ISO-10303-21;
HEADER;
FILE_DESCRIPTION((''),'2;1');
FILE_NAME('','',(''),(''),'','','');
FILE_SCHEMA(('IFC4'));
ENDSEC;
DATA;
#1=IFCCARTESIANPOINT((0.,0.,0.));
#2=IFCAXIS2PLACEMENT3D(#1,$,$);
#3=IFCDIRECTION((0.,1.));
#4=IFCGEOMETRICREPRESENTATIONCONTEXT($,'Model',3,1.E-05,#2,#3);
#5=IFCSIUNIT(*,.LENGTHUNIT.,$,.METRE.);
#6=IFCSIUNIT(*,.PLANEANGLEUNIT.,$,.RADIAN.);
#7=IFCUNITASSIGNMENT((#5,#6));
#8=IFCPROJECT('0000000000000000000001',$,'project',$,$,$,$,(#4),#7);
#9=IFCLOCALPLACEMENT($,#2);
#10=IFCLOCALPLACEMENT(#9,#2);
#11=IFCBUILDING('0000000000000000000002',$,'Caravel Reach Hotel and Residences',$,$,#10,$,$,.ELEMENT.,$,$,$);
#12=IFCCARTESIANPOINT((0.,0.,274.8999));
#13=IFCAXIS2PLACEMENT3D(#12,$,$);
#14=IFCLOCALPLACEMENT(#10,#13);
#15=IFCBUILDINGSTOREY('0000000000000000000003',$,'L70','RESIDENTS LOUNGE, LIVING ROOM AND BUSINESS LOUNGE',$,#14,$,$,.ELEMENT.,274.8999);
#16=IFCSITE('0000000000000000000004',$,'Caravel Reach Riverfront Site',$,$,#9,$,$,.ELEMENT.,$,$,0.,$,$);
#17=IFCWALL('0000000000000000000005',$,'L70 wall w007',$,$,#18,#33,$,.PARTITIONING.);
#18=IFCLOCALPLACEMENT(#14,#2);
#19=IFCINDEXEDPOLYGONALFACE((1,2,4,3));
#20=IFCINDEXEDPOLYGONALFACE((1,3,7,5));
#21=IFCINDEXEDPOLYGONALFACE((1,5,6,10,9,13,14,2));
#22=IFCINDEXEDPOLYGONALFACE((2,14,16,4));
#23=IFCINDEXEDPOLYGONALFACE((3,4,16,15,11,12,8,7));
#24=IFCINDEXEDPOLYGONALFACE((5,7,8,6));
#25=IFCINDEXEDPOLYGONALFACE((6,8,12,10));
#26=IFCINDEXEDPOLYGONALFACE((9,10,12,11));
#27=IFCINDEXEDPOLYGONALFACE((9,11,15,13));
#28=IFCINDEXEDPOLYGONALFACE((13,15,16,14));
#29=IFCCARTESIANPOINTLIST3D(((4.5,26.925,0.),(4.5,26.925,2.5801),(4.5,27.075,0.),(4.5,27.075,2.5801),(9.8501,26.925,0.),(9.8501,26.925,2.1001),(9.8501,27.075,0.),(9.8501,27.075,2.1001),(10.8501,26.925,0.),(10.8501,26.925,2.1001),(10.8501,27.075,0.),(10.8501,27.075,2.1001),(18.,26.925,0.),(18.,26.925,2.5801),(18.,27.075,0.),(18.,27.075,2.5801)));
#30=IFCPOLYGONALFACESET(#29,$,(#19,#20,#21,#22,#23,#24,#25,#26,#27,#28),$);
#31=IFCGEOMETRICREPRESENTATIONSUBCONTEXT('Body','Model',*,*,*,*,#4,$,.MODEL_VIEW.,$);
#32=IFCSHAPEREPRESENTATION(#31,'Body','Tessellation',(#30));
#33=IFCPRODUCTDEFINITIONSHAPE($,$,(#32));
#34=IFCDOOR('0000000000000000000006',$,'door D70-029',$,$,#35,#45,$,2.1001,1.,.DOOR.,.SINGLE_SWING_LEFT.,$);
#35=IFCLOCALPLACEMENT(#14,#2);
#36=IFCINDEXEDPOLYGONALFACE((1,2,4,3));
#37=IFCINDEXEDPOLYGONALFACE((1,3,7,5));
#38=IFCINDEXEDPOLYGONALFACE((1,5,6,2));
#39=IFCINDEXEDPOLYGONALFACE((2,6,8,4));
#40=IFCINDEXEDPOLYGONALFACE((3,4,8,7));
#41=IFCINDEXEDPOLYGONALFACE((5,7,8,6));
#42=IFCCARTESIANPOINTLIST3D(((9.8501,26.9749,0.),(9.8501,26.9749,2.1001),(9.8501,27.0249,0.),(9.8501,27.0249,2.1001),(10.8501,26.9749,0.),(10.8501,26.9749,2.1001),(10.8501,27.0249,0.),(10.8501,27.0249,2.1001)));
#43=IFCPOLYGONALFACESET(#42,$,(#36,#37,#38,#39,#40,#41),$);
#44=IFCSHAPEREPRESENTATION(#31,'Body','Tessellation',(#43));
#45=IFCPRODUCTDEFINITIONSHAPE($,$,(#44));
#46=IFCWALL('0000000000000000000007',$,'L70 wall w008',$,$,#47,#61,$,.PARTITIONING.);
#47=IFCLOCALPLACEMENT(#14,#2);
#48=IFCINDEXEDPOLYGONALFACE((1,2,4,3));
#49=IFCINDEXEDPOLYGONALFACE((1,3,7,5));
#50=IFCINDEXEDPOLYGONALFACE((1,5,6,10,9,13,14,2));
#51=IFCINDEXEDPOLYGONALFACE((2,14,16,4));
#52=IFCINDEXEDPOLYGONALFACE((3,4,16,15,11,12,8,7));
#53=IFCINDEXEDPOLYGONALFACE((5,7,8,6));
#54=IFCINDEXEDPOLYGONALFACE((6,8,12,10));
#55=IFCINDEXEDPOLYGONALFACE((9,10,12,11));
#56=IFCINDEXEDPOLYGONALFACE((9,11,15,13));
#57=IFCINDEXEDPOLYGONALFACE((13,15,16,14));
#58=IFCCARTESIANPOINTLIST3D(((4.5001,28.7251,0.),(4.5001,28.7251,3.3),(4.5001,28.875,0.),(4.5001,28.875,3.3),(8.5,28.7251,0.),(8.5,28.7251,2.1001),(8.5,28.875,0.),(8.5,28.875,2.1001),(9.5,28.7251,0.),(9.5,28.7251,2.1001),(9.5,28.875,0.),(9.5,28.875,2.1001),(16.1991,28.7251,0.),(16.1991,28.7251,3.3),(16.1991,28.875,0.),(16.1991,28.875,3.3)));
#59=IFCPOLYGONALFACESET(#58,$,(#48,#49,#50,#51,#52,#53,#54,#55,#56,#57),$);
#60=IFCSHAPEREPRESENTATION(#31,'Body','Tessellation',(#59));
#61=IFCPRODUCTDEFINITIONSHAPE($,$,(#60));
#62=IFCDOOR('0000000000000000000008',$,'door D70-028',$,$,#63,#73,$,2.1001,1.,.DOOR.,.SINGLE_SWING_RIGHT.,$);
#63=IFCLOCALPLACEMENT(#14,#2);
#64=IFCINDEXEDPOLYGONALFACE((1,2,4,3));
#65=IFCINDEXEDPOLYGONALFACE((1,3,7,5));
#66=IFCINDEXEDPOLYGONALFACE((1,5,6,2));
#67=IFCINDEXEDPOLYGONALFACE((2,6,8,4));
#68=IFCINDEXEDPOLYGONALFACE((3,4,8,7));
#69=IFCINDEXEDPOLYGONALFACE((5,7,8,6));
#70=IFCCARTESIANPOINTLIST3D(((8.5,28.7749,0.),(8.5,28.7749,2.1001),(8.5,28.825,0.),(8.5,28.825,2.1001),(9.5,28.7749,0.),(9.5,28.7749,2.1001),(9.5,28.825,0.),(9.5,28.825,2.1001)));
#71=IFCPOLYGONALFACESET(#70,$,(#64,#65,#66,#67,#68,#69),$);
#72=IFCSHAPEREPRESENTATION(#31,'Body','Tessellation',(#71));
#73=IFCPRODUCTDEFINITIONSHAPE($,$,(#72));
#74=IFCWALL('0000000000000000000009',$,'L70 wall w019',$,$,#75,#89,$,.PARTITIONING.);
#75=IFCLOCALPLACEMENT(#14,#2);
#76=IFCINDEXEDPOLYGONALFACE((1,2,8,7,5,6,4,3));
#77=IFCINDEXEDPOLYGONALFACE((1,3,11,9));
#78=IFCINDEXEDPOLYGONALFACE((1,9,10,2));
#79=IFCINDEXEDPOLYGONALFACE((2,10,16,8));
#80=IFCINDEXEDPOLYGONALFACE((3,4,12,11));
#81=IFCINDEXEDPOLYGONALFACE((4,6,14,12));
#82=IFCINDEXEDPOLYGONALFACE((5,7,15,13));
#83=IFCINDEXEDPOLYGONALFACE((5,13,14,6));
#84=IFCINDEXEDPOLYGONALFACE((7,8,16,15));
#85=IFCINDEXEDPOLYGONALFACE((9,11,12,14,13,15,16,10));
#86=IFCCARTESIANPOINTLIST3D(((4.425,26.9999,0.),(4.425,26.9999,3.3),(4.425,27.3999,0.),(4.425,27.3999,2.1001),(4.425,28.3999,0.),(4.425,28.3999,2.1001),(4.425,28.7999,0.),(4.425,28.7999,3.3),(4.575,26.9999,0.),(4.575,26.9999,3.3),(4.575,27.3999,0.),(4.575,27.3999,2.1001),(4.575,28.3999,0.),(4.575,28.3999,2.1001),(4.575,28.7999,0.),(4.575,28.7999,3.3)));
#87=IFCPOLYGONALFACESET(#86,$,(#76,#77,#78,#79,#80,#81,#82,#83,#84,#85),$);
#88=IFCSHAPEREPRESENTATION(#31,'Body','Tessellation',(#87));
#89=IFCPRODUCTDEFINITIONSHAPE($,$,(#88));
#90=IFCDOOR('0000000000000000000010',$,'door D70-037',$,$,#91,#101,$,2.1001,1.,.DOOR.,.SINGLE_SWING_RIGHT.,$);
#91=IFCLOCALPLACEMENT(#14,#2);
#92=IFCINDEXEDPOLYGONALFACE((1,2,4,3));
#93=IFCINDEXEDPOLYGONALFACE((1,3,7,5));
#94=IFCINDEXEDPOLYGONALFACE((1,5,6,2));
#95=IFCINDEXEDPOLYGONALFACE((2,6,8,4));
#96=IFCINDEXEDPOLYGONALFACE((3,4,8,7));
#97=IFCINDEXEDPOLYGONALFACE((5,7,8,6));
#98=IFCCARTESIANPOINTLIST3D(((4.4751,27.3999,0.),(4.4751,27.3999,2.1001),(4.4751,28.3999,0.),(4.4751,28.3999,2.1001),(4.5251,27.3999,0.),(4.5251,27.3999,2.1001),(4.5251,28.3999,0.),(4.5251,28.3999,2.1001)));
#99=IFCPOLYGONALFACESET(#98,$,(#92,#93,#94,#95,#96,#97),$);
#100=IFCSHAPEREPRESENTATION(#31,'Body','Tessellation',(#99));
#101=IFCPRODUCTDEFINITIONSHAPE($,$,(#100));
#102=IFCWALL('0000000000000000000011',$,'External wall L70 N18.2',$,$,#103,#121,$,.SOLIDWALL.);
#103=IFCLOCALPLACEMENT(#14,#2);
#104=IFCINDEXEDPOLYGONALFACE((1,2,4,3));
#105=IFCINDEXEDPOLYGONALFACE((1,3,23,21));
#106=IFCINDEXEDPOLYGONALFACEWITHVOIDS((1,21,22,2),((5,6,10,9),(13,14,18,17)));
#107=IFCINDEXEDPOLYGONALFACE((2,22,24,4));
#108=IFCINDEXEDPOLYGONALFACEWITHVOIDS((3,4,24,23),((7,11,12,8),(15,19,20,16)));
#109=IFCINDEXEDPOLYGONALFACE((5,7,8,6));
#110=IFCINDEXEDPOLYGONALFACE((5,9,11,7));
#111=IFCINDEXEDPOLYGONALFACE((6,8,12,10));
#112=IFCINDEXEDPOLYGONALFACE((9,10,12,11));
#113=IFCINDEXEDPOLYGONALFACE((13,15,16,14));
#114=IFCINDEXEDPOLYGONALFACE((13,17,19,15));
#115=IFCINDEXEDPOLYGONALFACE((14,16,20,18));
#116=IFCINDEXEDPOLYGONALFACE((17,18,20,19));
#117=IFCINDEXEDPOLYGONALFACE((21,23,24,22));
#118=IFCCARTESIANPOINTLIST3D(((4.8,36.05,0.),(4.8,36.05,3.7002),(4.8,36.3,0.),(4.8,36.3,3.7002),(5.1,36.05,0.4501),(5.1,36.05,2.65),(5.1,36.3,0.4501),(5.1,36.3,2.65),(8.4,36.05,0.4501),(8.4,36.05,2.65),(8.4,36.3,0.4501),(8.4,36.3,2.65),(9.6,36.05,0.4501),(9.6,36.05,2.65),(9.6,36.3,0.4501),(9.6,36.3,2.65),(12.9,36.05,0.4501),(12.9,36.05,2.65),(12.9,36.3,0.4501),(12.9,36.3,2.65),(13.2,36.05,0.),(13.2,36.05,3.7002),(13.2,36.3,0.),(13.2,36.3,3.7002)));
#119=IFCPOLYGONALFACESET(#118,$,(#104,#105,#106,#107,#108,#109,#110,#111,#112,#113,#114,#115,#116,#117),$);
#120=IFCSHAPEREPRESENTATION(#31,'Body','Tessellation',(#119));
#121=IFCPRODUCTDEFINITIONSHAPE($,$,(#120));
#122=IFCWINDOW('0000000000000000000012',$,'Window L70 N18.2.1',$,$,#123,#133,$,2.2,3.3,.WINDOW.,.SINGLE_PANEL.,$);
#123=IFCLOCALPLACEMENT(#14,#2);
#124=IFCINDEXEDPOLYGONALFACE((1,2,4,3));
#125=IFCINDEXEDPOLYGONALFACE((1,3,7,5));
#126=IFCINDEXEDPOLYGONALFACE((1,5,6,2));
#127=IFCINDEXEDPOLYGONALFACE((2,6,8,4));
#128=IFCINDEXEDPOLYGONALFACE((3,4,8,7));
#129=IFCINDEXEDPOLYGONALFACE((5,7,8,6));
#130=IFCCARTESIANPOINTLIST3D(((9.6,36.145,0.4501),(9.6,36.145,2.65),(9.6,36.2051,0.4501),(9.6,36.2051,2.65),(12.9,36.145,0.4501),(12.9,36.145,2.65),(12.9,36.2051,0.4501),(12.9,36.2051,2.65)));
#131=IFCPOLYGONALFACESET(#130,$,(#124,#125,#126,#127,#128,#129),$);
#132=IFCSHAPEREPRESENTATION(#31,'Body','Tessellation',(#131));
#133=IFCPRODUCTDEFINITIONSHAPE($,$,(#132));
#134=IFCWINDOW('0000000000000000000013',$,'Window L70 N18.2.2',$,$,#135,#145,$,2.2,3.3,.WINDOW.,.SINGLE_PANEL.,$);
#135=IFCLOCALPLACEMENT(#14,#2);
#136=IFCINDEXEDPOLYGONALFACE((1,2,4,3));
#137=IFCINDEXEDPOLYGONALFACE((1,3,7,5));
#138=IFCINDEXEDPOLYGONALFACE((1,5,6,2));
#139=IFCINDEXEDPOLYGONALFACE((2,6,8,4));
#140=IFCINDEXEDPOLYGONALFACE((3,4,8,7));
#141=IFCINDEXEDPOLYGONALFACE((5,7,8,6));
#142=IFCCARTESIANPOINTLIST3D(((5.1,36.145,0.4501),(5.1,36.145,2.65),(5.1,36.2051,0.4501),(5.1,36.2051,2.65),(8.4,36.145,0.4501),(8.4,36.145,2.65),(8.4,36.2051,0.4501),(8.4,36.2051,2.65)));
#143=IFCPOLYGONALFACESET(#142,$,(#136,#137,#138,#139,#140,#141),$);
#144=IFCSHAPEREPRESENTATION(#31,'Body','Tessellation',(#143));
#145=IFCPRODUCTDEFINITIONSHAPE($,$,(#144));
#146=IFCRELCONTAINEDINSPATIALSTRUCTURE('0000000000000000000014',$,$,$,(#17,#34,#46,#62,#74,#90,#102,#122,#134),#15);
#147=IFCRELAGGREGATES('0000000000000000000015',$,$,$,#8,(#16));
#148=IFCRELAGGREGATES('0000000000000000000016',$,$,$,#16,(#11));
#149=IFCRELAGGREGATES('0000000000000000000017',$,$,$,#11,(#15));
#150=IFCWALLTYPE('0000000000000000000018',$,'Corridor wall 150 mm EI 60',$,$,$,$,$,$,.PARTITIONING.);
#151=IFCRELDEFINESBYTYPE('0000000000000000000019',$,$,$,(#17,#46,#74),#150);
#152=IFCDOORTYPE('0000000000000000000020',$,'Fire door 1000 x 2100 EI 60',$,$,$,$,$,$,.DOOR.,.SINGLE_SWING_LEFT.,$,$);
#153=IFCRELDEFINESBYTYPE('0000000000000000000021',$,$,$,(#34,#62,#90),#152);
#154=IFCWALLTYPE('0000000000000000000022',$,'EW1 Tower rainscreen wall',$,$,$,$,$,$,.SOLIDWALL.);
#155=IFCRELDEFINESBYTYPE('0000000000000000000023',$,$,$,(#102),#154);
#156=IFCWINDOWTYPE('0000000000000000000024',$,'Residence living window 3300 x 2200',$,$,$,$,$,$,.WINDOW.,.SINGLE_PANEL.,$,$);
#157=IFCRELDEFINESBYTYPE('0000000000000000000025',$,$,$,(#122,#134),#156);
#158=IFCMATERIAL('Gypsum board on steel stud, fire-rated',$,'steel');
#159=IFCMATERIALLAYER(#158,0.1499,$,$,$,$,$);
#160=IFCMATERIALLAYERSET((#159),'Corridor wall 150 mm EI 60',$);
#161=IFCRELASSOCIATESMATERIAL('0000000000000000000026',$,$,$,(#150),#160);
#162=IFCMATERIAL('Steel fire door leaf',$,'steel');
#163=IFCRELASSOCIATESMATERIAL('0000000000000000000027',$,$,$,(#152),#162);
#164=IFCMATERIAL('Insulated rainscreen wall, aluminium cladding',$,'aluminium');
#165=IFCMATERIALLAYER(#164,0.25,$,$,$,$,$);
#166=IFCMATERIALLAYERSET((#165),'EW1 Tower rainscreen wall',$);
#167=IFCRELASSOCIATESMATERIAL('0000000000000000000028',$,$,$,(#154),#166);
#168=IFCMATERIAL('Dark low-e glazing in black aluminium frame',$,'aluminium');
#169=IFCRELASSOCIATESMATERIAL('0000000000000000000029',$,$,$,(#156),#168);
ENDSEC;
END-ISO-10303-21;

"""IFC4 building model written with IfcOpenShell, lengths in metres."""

from ifc_helpers import new_model, si_unit, direction, frame, frame_2d, origin, place, context, subcontext, project, spatial, rectangle, extrude, material, layer, layer_set, type_object, element, fill, save


model = new_model("IFC4")

# Units and contexts
model_context = context("Model", 3, precision=1e-05, world=origin(), true_north=direction((0.0, 1.0)))
body_context = subcontext(model_context, "Body", "Model", "MODEL_VIEW")
ifc_project = project(units=[si_unit("LENGTHUNIT", "METRE"), si_unit("PLANEANGLEUNIT", "RADIAN")], contexts=[model_context])

# Site, building, storey
site_placement = place(None, origin())
site = spatial("IfcSite", under=ifc_project, at=site_placement, Name="Caravel Reach Riverfront Site", CompositionType="ELEMENT", RefElevation=0.0)
building_placement = place(site_placement, origin())
building = spatial("IfcBuilding", under=site, at=building_placement, Name="Caravel Reach Hotel and Residences", CompositionType="ELEMENT")
storey_placement = place(building_placement, frame((0.0, 0.0, 274.8999)))
storey = spatial("IfcBuildingStorey", under=building, at=storey_placement, Name="L70", Description="RESIDENTS LOUNGE, LIVING ROOM AND BUSINESS LOUNGE", CompositionType="ELEMENT", Elevation=274.8999)

# Walls, openings, doors
ifc_material_1 = material(Name="Gypsum board on steel stud, fire-rated", Category="steel")
ifc_layer_1 = layer(ifc_material_1, 0.1499)
ifc_layer_set_1 = layer_set([ifc_layer_1], Name="Corridor wall 150 mm EI 60")
wall_type_1 = type_object("IfcWallType", Name="Corridor wall 150 mm EI 60", PredefinedType="PARTITIONING", material=ifc_layer_set_1)
wall_1_placement = place(storey_placement, frame((4.5, 27.0, 0.0), z_axis=(0.0, 0.0, 1.0), x_axis=(1.0, 0.0, 0.0)))
wall_1 = element("IfcWall", 1, at=wall_1_placement, inside=storey, type_object=wall_type_1, Name="L70 wall w007", PredefinedType="PARTITIONING", context=body_context, shape_type="SweptSolid", body=[
    extrude(rectangle(XDim=13.5, YDim=0.1499, at=frame_2d((6.75, 0.0))), origin(), (0.0, 0.0, 1.0), 2.5801),
])
opening_1_placement = place(wall_1_placement, frame((5.3501, 0.0, 0.0)))
opening_1 = element("IfcOpeningElement", 2, at=opening_1_placement, cuts=wall_1, PredefinedType="OPENING", context=body_context, shape_type="SweptSolid", body=[
    extrude(rectangle(XDim=1.0, YDim=2.1001, at=frame_2d((0.5, 1.05))), frame((0.0, 0.085, 0.0), z_axis=(0.0, -1.0, 0.0), x_axis=(1.0, 0.0, 0.0)), (0.0, 0.0, 1.0), 0.1699),
])
ifc_material_2 = material(Name="Steel fire door leaf", Category="steel")
door_type = type_object("IfcDoorType", Name="Fire door 1000 x 2100 EI 60", OperationType="SINGLE_SWING_LEFT", PredefinedType="DOOR", material=ifc_material_2)
door_1_placement = place(opening_1_placement, origin())
door_1 = element("IfcDoor", 3, at=door_1_placement, inside=storey, type_object=door_type, Name="door D70-029", OperationType="SINGLE_SWING_LEFT", OverallHeight=2.1001, OverallWidth=1.0, PredefinedType="DOOR", context=body_context, shape_type="SweptSolid", body=[
    extrude(rectangle(XDim=1.0, YDim=2.1001, at=frame_2d((0.5, 1.05))), frame((0.0, 0.0249, 0.0), z_axis=(0.0, -1.0, 0.0), x_axis=(1.0, 0.0, 0.0)), (0.0, 0.0, 1.0), 0.05),
])
fill(opening_1, door_1)
wall_2_placement = place(storey_placement, frame((4.5, 28.8, 0.0), z_axis=(0.0, 0.0, 1.0), x_axis=(1.0, 0.0, 0.0)))
wall_2 = element("IfcWall", 4, at=wall_2_placement, inside=storey, type_object=wall_type_1, Name="L70 wall w008", PredefinedType="PARTITIONING", context=body_context, shape_type="SweptSolid", body=[
    extrude(rectangle(XDim=11.699, YDim=0.1499, at=frame_2d((5.8496, 0.0))), origin(), (0.0, 0.0, 1.0), 3.3),
])
opening_2_placement = place(wall_2_placement, frame((4.0, 0.0, 0.0)))
opening_2 = element("IfcOpeningElement", 5, at=opening_2_placement, cuts=wall_2, PredefinedType="OPENING", context=body_context, shape_type="SweptSolid", body=[
    extrude(rectangle(XDim=1.0, YDim=2.1001, at=frame_2d((0.5, 1.05))), frame((0.0, 0.085, 0.0), z_axis=(0.0, -1.0, 0.0), x_axis=(1.0, 0.0, 0.0)), (0.0, 0.0, 1.0), 0.1699),
])
door_2_placement = place(opening_2_placement, origin())
door_2 = element("IfcDoor", 6, at=door_2_placement, inside=storey, type_object=door_type, Name="door D70-028", OperationType="SINGLE_SWING_RIGHT", OverallHeight=2.1001, OverallWidth=1.0, PredefinedType="DOOR", context=body_context, shape_type="SweptSolid", body=[
    extrude(rectangle(XDim=1.0, YDim=2.1001, at=frame_2d((0.5, 1.05))), frame((0.0, 0.0249, 0.0), z_axis=(0.0, -1.0, 0.0), x_axis=(1.0, 0.0, 0.0)), (0.0, 0.0, 1.0), 0.05),
])
fill(opening_2, door_2)
wall_3_placement = place(storey_placement, frame((4.5, 27.0, 0.0), z_axis=(0.0, 0.0, 1.0), x_axis=(0.0, 1.0, 0.0)))
wall_3 = element("IfcWall", 7, at=wall_3_placement, inside=storey, type_object=wall_type_1, Name="L70 wall w019", PredefinedType="PARTITIONING", context=body_context, shape_type="SweptSolid", body=[
    extrude(rectangle(XDim=1.8, YDim=0.1499, at=frame_2d((0.8999, 0.0))), origin(), (0.0, 0.0, 1.0), 3.3),
])
opening_3_placement = place(wall_3_placement, frame((0.3999, 0.0, 0.0)))
opening_3 = element("IfcOpeningElement", 8, at=opening_3_placement, cuts=wall_3, PredefinedType="OPENING", context=body_context, shape_type="SweptSolid", body=[
    extrude(rectangle(XDim=1.0, YDim=2.1001, at=frame_2d((0.5, 1.05))), frame((0.0, 0.085, 0.0), z_axis=(0.0, -1.0, 0.0), x_axis=(1.0, 0.0, 0.0)), (0.0, 0.0, 1.0), 0.1699),
])
door_3_placement = place(opening_3_placement, origin())
door_3 = element("IfcDoor", 9, at=door_3_placement, inside=storey, type_object=door_type, Name="door D70-037", OperationType="SINGLE_SWING_RIGHT", OverallHeight=2.1001, OverallWidth=1.0, PredefinedType="DOOR", context=body_context, shape_type="SweptSolid", body=[
    extrude(rectangle(XDim=1.0, YDim=2.1001, at=frame_2d((0.5, 1.05))), frame((0.0, 0.0249, 0.0), z_axis=(0.0, -1.0, 0.0), x_axis=(1.0, 0.0, 0.0)), (0.0, 0.0, 1.0), 0.05),
])
fill(opening_3, door_3)

# Wall, openings, windows
ifc_material_3 = material(Name="Insulated rainscreen wall, aluminium cladding", Category="aluminium")
ifc_layer_2 = layer(ifc_material_3, 0.25)
ifc_layer_set_2 = layer_set([ifc_layer_2], Name="EW1 Tower rainscreen wall")
wall_type_2 = type_object("IfcWallType", Name="EW1 Tower rainscreen wall", PredefinedType="SOLIDWALL", material=ifc_layer_set_2)
wall_4_placement = place(storey_placement, frame((13.2, 36.175, 0.0), z_axis=(0.0, 0.0, 1.0), x_axis=(-1.0, 0.0, 0.0)))
wall_4 = element("IfcWall", 10, at=wall_4_placement, inside=storey, type_object=wall_type_2, Name="External wall L70 N18.2", PredefinedType="SOLIDWALL", context=body_context, shape_type="SweptSolid", body=[
    extrude(rectangle(XDim=8.3999, YDim=0.25, at=frame_2d((4.2, 0.0))), origin(), (0.0, 0.0, 1.0), 3.7002),
])
opening_4_placement = place(wall_4_placement, frame((0.3, 0.0, 0.45)))
opening_4 = element("IfcOpeningElement", 11, at=opening_4_placement, cuts=wall_4, PredefinedType="OPENING", context=body_context, shape_type="SweptSolid", body=[
    extrude(rectangle(XDim=3.3, YDim=2.2, at=frame_2d((1.6499, 1.1001))), frame((0.0, 0.135, 0.0), z_axis=(0.0, -1.0, 0.0), x_axis=(1.0, 0.0, 0.0)), (0.0, 0.0, 1.0), 0.27),
])
opening_5_placement = place(wall_4_placement, frame((4.8, 0.0, 0.45)))
opening_5 = element("IfcOpeningElement", 12, at=opening_5_placement, cuts=wall_4, PredefinedType="OPENING", context=body_context, shape_type="SweptSolid", body=[
    extrude(rectangle(XDim=3.3, YDim=2.2, at=frame_2d((1.6499, 1.1001))), frame((0.0, 0.135, 0.0), z_axis=(0.0, -1.0, 0.0), x_axis=(1.0, 0.0, 0.0)), (0.0, 0.0, 1.0), 0.27),
])
ifc_material_4 = material(Name="Dark low-e glazing in black aluminium frame", Category="aluminium")
window_type_1 = type_object("IfcWindowType", Name="Residence living window 3300 x 2200", PartitioningType="SINGLE_PANEL", PredefinedType="WINDOW", material=ifc_material_4)
window_1_placement = place(opening_4_placement, origin())
window_1 = element("IfcWindow", 13, at=window_1_placement, inside=storey, type_object=window_type_1, Name="Window L70 N18.2.1", OverallHeight=2.2, OverallWidth=3.3, PartitioningType="SINGLE_PANEL", PredefinedType="WINDOW", context=body_context, shape_type="SweptSolid", body=[
    extrude(rectangle(XDim=3.3, YDim=2.2, at=frame_2d((1.6499, 1.1001))), frame((0.0, 0.03, 0.0), z_axis=(0.0, -1.0, 0.0), x_axis=(1.0, 0.0, 0.0)), (0.0, 0.0, 1.0), 0.0601),
])
fill(opening_4, window_1)
window_2_placement = place(opening_5_placement, origin())
window_2 = element("IfcWindow", 14, at=window_2_placement, inside=storey, type_object=window_type_1, Name="Window L70 N18.2.2", OverallHeight=2.2, OverallWidth=3.3, PartitioningType="SINGLE_PANEL", PredefinedType="WINDOW", context=body_context, shape_type="SweptSolid", body=[
    extrude(rectangle(XDim=3.3, YDim=2.2, at=frame_2d((1.6499, 1.1001))), frame((0.0, 0.03, 0.0), z_axis=(0.0, -1.0, 0.0), x_axis=(1.0, 0.0, 0.0)), (0.0, 0.0, 1.0), 0.0601),
])
fill(opening_5, window_2)

save(model, "model.ifc")
